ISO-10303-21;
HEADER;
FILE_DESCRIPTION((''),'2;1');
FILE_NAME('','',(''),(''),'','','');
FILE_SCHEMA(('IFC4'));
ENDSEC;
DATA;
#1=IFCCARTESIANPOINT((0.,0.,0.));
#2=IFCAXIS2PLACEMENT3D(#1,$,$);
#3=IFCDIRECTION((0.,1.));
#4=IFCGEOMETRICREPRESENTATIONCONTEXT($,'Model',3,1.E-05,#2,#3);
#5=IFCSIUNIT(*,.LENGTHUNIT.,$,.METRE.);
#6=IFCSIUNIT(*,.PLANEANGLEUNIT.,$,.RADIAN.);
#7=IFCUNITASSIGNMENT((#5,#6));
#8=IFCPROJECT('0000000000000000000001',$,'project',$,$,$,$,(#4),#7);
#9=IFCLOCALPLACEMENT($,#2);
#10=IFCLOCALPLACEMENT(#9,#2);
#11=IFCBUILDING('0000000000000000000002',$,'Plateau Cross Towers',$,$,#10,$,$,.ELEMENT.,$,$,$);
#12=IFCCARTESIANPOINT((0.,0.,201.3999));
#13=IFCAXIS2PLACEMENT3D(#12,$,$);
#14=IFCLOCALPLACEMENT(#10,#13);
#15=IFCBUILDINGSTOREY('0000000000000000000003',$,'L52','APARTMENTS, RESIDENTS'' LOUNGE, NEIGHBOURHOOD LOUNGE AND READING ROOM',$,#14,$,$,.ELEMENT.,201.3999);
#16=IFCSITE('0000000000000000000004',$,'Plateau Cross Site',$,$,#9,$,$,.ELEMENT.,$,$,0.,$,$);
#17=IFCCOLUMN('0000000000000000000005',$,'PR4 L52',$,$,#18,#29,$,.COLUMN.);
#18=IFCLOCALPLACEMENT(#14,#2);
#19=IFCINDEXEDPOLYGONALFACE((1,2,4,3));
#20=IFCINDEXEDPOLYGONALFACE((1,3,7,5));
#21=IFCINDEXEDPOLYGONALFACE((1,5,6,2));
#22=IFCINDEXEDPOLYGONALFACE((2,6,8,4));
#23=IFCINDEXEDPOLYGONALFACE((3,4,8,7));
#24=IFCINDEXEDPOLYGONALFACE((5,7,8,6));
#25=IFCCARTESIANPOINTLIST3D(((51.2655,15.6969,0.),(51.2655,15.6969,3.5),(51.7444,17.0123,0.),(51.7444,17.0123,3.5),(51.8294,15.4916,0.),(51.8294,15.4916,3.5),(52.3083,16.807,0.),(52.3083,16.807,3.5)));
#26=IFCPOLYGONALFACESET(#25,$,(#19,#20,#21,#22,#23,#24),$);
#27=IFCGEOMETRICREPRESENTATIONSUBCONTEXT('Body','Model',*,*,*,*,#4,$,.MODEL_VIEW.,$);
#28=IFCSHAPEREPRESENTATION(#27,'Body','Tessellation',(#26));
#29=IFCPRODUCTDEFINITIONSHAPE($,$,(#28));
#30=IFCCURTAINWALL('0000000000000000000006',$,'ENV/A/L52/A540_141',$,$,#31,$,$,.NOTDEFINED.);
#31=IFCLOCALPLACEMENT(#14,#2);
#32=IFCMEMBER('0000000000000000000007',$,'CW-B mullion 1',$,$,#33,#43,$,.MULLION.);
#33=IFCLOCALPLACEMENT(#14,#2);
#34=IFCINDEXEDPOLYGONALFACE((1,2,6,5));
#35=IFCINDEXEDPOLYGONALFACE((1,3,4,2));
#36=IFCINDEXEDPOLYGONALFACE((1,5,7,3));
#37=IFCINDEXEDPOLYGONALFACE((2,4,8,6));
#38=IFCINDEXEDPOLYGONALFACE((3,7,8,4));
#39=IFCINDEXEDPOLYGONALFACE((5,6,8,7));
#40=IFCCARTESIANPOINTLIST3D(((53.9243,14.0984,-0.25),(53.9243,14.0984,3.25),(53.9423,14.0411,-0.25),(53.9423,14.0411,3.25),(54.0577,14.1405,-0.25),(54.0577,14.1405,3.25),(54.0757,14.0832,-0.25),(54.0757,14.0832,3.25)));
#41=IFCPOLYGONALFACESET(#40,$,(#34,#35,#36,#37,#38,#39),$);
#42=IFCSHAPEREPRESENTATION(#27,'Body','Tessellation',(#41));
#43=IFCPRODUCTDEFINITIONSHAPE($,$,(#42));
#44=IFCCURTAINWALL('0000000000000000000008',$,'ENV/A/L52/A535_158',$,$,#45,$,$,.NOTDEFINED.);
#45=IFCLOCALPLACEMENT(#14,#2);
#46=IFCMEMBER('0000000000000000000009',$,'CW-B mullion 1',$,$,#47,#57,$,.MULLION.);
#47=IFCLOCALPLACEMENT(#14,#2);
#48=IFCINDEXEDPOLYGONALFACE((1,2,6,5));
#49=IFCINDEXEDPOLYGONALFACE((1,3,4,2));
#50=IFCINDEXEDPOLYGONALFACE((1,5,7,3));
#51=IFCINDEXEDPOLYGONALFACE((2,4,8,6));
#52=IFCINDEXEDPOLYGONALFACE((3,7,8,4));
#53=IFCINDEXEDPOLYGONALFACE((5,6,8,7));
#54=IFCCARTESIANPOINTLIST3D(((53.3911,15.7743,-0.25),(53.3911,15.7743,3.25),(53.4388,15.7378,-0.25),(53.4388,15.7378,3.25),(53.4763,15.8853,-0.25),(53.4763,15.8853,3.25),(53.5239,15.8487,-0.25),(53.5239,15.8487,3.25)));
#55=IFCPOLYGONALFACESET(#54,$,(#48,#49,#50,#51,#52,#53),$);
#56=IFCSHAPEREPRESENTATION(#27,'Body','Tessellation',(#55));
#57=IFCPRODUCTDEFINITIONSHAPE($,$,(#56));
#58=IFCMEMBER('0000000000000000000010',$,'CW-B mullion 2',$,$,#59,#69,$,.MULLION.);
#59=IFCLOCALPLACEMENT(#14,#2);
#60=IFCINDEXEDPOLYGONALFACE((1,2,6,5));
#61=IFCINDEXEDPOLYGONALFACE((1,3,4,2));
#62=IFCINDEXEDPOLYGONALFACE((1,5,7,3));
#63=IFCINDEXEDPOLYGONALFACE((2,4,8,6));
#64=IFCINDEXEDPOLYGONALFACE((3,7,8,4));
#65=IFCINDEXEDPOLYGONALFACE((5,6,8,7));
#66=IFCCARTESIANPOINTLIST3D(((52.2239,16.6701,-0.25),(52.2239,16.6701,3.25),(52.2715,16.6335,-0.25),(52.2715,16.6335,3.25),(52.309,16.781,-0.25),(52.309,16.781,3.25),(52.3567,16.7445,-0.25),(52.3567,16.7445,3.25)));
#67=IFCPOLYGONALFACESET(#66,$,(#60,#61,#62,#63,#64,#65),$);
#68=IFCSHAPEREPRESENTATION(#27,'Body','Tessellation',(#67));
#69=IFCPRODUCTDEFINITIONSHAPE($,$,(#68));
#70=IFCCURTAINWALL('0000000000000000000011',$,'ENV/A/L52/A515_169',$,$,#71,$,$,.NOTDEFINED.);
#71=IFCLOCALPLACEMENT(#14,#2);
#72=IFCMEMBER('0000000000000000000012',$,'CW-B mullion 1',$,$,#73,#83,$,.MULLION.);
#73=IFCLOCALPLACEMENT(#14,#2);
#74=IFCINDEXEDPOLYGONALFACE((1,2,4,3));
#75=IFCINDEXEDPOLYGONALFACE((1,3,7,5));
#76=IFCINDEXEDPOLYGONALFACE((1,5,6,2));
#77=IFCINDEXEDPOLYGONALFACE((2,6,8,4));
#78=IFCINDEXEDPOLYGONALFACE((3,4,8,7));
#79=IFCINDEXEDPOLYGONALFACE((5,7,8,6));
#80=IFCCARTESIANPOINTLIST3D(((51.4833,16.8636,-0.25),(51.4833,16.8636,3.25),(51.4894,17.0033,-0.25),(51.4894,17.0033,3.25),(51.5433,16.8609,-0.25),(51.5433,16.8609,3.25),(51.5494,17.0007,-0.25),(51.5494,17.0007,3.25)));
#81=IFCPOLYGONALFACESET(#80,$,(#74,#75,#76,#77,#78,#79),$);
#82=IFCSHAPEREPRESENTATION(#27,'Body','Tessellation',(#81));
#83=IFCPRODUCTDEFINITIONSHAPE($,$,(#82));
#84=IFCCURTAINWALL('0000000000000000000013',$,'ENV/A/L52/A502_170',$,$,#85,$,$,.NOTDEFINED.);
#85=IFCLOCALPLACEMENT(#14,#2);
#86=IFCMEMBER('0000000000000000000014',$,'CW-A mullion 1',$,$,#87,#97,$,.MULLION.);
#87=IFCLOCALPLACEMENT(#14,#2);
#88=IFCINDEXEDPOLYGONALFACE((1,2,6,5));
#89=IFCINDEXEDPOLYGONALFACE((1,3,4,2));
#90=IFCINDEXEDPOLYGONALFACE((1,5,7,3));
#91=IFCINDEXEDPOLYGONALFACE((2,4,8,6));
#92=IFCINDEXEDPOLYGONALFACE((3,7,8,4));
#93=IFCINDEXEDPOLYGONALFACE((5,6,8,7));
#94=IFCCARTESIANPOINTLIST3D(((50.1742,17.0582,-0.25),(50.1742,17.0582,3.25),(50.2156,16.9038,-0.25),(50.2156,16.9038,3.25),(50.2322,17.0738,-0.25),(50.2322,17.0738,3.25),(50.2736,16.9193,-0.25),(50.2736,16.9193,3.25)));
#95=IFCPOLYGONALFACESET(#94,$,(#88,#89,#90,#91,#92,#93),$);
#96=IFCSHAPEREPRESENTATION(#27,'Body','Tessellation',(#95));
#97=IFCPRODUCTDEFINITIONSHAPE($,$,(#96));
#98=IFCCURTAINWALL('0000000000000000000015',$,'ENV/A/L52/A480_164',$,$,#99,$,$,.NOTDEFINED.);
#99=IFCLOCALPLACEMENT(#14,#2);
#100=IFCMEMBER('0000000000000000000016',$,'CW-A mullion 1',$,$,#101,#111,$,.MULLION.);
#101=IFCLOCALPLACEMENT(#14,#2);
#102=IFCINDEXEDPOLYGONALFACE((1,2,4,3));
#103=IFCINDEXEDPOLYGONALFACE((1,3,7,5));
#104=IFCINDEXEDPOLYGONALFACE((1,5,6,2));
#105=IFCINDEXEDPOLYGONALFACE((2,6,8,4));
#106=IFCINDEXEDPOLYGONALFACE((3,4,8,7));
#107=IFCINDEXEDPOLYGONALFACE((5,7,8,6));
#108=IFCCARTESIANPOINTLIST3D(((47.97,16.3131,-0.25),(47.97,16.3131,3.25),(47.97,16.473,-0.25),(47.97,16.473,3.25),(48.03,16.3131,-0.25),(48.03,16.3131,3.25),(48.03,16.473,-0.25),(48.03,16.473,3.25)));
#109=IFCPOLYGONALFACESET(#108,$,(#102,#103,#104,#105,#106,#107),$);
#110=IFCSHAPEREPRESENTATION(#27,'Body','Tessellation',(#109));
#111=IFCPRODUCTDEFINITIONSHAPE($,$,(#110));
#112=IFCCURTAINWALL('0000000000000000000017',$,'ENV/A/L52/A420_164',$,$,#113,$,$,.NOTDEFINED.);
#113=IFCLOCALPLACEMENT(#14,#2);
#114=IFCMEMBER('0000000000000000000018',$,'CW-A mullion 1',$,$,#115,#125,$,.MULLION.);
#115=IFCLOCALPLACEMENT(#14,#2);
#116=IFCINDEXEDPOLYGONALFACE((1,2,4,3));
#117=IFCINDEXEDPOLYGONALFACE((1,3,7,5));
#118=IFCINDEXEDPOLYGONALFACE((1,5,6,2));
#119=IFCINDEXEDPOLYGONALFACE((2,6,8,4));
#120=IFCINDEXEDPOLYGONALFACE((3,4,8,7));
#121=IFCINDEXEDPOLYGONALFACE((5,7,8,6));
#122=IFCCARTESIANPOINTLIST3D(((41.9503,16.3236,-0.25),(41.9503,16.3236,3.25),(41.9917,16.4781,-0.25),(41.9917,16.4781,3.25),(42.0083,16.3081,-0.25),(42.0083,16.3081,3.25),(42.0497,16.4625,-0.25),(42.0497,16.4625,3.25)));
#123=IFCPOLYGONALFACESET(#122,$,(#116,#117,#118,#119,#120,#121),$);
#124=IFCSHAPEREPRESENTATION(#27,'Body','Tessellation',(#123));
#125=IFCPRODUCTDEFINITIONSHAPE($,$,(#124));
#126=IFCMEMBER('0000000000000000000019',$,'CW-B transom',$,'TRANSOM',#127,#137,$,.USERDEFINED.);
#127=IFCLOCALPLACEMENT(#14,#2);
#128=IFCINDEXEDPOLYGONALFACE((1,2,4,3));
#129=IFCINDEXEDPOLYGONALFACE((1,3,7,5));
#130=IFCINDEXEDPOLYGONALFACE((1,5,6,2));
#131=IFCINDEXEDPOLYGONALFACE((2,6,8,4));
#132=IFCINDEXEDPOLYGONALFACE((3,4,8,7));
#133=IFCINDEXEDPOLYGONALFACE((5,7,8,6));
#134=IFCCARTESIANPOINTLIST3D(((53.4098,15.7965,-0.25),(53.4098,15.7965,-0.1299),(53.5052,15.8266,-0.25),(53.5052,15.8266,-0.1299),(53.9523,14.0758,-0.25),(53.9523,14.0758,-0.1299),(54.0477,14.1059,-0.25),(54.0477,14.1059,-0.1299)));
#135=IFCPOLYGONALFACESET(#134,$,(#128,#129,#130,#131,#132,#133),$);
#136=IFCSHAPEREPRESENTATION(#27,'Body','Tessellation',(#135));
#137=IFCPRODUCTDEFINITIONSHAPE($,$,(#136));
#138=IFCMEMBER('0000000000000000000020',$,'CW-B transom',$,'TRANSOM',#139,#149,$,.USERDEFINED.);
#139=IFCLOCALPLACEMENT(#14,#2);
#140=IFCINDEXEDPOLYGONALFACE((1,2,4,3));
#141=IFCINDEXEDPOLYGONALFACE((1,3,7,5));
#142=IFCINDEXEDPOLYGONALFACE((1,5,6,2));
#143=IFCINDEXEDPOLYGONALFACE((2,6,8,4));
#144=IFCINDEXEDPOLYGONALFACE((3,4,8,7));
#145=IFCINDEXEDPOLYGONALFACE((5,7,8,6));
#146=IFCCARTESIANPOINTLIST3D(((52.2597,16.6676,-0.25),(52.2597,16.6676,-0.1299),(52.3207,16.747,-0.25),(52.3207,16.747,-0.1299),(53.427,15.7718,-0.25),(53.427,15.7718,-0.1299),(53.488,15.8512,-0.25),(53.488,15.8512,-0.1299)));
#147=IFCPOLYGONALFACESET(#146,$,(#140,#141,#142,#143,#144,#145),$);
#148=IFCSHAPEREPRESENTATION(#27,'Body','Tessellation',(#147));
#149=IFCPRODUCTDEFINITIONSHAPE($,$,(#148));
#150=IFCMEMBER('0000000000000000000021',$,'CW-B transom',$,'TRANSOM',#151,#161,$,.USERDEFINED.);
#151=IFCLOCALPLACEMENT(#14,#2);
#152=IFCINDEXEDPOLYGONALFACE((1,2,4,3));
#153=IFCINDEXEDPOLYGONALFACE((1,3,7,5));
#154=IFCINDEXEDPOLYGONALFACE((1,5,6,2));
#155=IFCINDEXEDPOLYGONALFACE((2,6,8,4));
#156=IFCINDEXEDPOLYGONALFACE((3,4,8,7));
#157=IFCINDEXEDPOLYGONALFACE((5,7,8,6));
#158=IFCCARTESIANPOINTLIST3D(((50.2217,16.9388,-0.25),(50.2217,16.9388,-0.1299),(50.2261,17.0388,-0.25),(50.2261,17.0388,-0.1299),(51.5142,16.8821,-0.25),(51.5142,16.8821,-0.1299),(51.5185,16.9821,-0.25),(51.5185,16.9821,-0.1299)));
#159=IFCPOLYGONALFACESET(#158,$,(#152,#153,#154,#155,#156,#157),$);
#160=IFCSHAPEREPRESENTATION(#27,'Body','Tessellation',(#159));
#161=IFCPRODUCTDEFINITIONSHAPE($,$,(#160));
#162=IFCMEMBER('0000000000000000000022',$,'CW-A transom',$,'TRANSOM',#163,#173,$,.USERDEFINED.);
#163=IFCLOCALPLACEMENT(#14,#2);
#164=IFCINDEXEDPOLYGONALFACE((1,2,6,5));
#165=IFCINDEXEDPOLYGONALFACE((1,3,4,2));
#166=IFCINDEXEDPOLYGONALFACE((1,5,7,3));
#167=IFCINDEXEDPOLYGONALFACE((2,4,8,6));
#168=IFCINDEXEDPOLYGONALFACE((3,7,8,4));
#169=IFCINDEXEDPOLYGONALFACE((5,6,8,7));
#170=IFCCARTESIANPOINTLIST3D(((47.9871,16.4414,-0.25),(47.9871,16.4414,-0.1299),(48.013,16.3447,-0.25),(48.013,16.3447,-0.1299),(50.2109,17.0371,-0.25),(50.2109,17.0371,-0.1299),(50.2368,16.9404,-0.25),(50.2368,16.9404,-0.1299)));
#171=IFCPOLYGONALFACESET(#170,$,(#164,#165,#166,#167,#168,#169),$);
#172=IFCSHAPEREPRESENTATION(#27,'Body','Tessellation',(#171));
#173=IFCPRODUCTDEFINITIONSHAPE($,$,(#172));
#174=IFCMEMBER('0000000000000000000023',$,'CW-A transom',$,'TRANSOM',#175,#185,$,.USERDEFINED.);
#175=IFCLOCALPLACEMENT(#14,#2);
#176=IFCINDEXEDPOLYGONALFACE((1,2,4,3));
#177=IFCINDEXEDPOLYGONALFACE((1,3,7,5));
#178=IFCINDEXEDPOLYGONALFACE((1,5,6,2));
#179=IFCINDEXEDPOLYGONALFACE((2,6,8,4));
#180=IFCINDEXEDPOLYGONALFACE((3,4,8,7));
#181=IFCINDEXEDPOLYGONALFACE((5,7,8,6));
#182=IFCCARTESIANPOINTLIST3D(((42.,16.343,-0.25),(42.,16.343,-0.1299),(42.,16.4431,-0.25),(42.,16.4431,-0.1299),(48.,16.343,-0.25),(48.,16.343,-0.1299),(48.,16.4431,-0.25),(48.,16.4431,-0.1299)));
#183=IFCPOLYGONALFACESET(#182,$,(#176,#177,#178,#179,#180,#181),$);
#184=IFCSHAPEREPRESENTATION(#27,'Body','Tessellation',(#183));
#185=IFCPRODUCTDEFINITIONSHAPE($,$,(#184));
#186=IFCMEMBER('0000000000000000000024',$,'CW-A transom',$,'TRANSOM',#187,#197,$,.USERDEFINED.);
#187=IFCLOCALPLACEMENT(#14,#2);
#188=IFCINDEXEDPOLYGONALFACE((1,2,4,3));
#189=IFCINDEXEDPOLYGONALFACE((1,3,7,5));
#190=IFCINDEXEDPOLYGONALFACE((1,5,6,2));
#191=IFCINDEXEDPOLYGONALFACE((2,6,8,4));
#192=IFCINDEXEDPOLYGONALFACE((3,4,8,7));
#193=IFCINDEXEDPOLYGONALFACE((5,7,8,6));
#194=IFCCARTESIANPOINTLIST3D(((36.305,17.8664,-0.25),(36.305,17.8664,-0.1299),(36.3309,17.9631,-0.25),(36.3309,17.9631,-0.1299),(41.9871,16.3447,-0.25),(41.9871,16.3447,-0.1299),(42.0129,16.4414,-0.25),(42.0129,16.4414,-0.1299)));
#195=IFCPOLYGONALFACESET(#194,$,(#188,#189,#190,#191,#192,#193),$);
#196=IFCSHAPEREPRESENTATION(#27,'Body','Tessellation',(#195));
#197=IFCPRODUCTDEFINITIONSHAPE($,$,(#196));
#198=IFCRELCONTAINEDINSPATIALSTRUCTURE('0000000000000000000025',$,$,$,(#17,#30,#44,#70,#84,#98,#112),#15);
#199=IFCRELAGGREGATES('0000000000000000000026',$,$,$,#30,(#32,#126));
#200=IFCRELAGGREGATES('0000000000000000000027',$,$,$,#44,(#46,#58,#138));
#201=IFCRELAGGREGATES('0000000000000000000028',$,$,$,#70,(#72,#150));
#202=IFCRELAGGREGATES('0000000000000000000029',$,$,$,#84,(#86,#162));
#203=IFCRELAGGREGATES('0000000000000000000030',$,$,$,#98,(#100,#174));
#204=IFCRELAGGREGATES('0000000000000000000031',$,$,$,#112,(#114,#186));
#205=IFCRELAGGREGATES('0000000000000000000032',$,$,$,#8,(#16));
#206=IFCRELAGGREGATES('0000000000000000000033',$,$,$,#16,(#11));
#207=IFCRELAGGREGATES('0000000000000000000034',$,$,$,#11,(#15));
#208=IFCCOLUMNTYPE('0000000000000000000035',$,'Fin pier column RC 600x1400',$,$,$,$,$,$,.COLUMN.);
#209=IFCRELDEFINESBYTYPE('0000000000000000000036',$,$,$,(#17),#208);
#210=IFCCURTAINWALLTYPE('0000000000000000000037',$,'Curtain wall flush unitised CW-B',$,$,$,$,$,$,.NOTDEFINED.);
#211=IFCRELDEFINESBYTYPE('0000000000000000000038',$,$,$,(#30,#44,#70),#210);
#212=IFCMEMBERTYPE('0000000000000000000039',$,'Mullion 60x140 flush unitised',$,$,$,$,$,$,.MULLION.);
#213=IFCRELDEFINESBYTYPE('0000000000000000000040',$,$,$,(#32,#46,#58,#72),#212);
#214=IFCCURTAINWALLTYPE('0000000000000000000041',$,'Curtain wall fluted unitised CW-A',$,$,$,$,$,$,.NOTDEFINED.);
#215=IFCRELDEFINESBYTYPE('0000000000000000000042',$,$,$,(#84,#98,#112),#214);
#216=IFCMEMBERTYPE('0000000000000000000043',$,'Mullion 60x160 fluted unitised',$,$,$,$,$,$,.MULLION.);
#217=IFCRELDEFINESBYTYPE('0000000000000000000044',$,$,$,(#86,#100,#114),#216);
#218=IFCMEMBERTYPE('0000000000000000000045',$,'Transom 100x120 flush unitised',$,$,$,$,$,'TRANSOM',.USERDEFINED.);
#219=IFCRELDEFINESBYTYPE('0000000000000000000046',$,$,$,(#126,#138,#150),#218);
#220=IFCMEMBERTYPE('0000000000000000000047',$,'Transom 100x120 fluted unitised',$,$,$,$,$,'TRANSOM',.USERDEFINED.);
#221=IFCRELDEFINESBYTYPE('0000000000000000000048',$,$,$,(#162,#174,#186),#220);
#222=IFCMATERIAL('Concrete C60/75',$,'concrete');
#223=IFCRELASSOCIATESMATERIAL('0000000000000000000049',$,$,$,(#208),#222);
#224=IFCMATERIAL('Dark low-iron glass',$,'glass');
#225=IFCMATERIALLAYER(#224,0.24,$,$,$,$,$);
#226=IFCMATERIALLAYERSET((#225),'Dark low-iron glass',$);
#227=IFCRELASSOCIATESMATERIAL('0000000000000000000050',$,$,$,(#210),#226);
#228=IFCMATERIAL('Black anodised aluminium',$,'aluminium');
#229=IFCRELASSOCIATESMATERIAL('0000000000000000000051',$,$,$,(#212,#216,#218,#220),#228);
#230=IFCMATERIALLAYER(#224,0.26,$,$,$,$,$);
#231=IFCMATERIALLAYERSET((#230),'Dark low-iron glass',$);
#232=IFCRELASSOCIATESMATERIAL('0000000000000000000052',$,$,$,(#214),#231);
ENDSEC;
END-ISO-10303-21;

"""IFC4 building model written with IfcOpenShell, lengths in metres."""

from ifc_helpers import new_model, si_unit, direction, frame, origin, origin_2d, place, context, subcontext, project, spatial, rectangle, extrude, material, layer, layer_set, material_profile, profile_set, type_object, element, aggregate, save


model = new_model("IFC4")

# Units and contexts
model_context = context("Model", 3, precision=1e-05, world=origin(), true_north=direction((0.0, 1.0)))
body_context = subcontext(model_context, "Body", "Model", "MODEL_VIEW")
ifc_project = project(units=[si_unit("LENGTHUNIT", "METRE"), si_unit("PLANEANGLEUNIT", "RADIAN")], contexts=[model_context])

# Site, building, storey
site_placement = place(None, origin())
site = spatial("IfcSite", under=ifc_project, at=site_placement, Name="Plateau Cross Site", CompositionType="ELEMENT", RefElevation=0.0)
building_placement = place(site_placement, origin())
building = spatial("IfcBuilding", under=site, at=building_placement, Name="Plateau Cross Towers", CompositionType="ELEMENT")
storey_placement = place(building_placement, frame((0.0, 0.0, 201.3999)))
storey = spatial("IfcBuildingStorey", under=building, at=storey_placement, Name="L52", Description="APARTMENTS, RESIDENTS' LOUNGE, NEIGHBOURHOOD LOUNGE AND READING ROOM", CompositionType="ELEMENT", Elevation=201.3999)

# Column
ifc_material_1 = material(Name="Concrete C60/75", Category="concrete")
ifc_material_profile_1 = material_profile(ifc_material_1, rectangle(XDim=0.6001, YDim=1.3999, at=origin_2d()), Name="RC 600x1400")
ifc_profile_set_1 = profile_set([ifc_material_profile_1], Name="Concrete C60/75")
column_type = type_object("IfcColumnType", Name="Fin pier column RC 600x1400", PredefinedType="COLUMN", material=ifc_profile_set_1)
column_placement = place(storey_placement, frame((51.7869, 16.252, 0.0), z_axis=(0.0, 0.0, 1.0), x_axis=(-0.939664, 0.342098, 0.0)))
element("IfcColumn", 1, at=column_placement, inside=storey, type_object=column_type, Name="PR4 L52", PredefinedType="COLUMN", context=body_context, shape_type="SweptSolid", body=[
    extrude(rectangle(XDim=0.6001, YDim=1.3999, at=origin_2d()), origin(), (0.0, 0.0, 1.0), 3.5),
])

# Curtain wall, member
ifc_material_2 = material(Name="Dark low-iron glass", Category="glass")
ifc_layer_1 = layer(ifc_material_2, 0.24)
ifc_layer_set_1 = layer_set([ifc_layer_1], Name="Dark low-iron glass")
curtain_wall_type_1 = type_object("IfcCurtainWallType", Name="Curtain wall flush unitised CW-B", PredefinedType="NOTDEFINED", material=ifc_layer_set_1)
curtain_wall_1_placement = place(storey_placement, origin())
curtain_wall_1 = element("IfcCurtainWall", 2, at=curtain_wall_1_placement, inside=storey, type_object=curtain_wall_type_1, Name="ENV/A/L52/A540_141", PredefinedType="NOTDEFINED")
ifc_material_3 = material(Name="Black anodised aluminium", Category="aluminium")
ifc_material_profile_2 = material_profile(ifc_material_3, rectangle(XDim=0.0601, YDim=0.1399, at=origin_2d()), Name="MULLION 60x140")
ifc_profile_set_2 = profile_set([ifc_material_profile_2], Name="Black anodised aluminium")
member_type_1 = type_object("IfcMemberType", Name="Mullion 60x140 flush unitised", PredefinedType="MULLION", material=ifc_profile_set_2)
member_1_placement = place(storey_placement, frame((54.0, 14.0908, -0.25), z_axis=(0.0, 0.0, 1.0), x_axis=(-0.300686, 0.953723, 0.0)))
member_1 = element("IfcMember", 3, at=member_1_placement, type_object=member_type_1, Name="CW-B mullion 1", PredefinedType="MULLION", context=body_context, shape_type="SweptSolid", body=[
    extrude(rectangle(XDim=0.0601, YDim=0.1399, at=origin_2d()), origin(), (0.0, 0.0, 1.0), 3.5),
])

# Curtain wall, members
curtain_wall_2_placement = place(storey_placement, origin())
curtain_wall_2 = element("IfcCurtainWall", 4, at=curtain_wall_2_placement, inside=storey, type_object=curtain_wall_type_1, Name="ENV/A/L52/A535_158", PredefinedType="NOTDEFINED")
member_2_placement = place(storey_placement, frame((53.4575, 15.8115, -0.25), z_axis=(0.0, 0.0, 1.0), x_axis=(-0.793316, 0.608811, 0.0)))
member_2 = element("IfcMember", 5, at=member_2_placement, type_object=member_type_1, Name="CW-B mullion 1", PredefinedType="MULLION", context=body_context, shape_type="SweptSolid", body=[
    extrude(rectangle(XDim=0.0601, YDim=0.1399, at=origin_2d()), origin(), (0.0, 0.0, 1.0), 3.5),
])
member_3_placement = place(storey_placement, frame((52.2903, 16.7073, -0.25), z_axis=(0.0, 0.0, 1.0), x_axis=(-0.793316, 0.608811, 0.0)))
member_3 = element("IfcMember", 6, at=member_3_placement, type_object=member_type_1, Name="CW-B mullion 2", PredefinedType="MULLION", context=body_context, shape_type="SweptSolid", body=[
    extrude(rectangle(XDim=0.0601, YDim=0.1399, at=origin_2d()), origin(), (0.0, 0.0, 1.0), 3.5),
])

# Curtain walls, members
curtain_wall_3_placement = place(storey_placement, origin())
curtain_wall_3 = element("IfcCurtainWall", 7, at=curtain_wall_3_placement, inside=storey, type_object=curtain_wall_type_1, Name="ENV/A/L52/A515_169", PredefinedType="NOTDEFINED")
member_4_placement = place(storey_placement, frame((51.5164, 16.9321, -0.25), z_axis=(0.0, 0.0, 1.0), x_axis=(-0.999044, 0.043723, 0.0)))
member_4 = element("IfcMember", 8, at=member_4_placement, type_object=member_type_1, Name="CW-B mullion 1", PredefinedType="MULLION", context=body_context, shape_type="SweptSolid", body=[
    extrude(rectangle(XDim=0.0601, YDim=0.1399, at=origin_2d()), origin(), (0.0, 0.0, 1.0), 3.5),
])
ifc_layer_2 = layer(ifc_material_2, 0.26)
ifc_layer_set_2 = layer_set([ifc_layer_2], Name="Dark low-iron glass")
curtain_wall_type_2 = type_object("IfcCurtainWallType", Name="Curtain wall fluted unitised CW-A", PredefinedType="NOTDEFINED", material=ifc_layer_set_2)
curtain_wall_4_placement = place(storey_placement, origin())
curtain_wall_4 = element("IfcCurtainWall", 9, at=curtain_wall_4_placement, inside=storey, type_object=curtain_wall_type_2, Name="ENV/A/L52/A502_170", PredefinedType="NOTDEFINED")
ifc_material_profile_3 = material_profile(ifc_material_3, rectangle(XDim=0.0601, YDim=0.1599, at=origin_2d()), Name="MULLION 60x160")
ifc_profile_set_3 = profile_set([ifc_material_profile_3], Name="Black anodised aluminium")
member_type_2 = type_object("IfcMemberType", Name="Mullion 60x160 fluted unitised", PredefinedType="MULLION", material=ifc_profile_set_3)
member_5_placement = place(storey_placement, frame((50.2239, 16.9888, -0.25), z_axis=(0.0, 0.0, 1.0), x_axis=(-0.965958, -0.258699, 0.0)))
member_5 = element("IfcMember", 10, at=member_5_placement, type_object=member_type_2, Name="CW-A mullion 1", PredefinedType="MULLION", context=body_context, shape_type="SweptSolid", body=[
    extrude(rectangle(XDim=0.0601, YDim=0.1599, at=origin_2d()), origin(), (0.0, 0.0, 1.0), 3.5),
])
curtain_wall_5_placement = place(storey_placement, origin())
curtain_wall_5 = element("IfcCurtainWall", 11, at=curtain_wall_5_placement, inside=storey, type_object=curtain_wall_type_2, Name="ENV/A/L52/A480_164", PredefinedType="NOTDEFINED")
member_6_placement = place(storey_placement, frame((48.0, 16.3931, -0.25), z_axis=(0.0, 0.0, 1.0), x_axis=(-1.0, 0.0, 0.0)))
member_6 = element("IfcMember", 12, at=member_6_placement, type_object=member_type_2, Name="CW-A mullion 1", PredefinedType="MULLION", context=body_context, shape_type="SweptSolid", body=[
    extrude(rectangle(XDim=0.0601, YDim=0.1599, at=origin_2d()), origin(), (0.0, 0.0, 1.0), 3.5),
])
curtain_wall_6_placement = place(storey_placement, origin())
curtain_wall_6 = element("IfcCurtainWall", 13, at=curtain_wall_6_placement, inside=storey, type_object=curtain_wall_type_2, Name="ENV/A/L52/A420_164", PredefinedType="NOTDEFINED")
member_7_placement = place(storey_placement, frame((42.0, 16.3931, -0.25), z_axis=(0.0, 0.0, 1.0), x_axis=(-0.965958, 0.258699, 0.0)))
member_7 = element("IfcMember", 14, at=member_7_placement, type_object=member_type_2, Name="CW-A mullion 1", PredefinedType="MULLION", context=body_context, shape_type="SweptSolid", body=[
    extrude(rectangle(XDim=0.0601, YDim=0.1599, at=origin_2d()), origin(), (0.0, 0.0, 1.0), 3.5),
])

# Members
ifc_material_profile_4 = material_profile(ifc_material_3, rectangle(XDim=0.1001, YDim=0.1201, at=origin_2d()), Name="TRANSOM 100x120")
ifc_profile_set_4 = profile_set([ifc_material_profile_4], Name="Black anodised aluminium")
member_type_3 = type_object("IfcMemberType", Name="Transom 100x120 flush unitised", ElementType="TRANSOM", PredefinedType="USERDEFINED", material=ifc_profile_set_4)
member_8_placement = place(storey_placement, frame((54.0, 14.0908, -0.1899), z_axis=(-0.300678, 0.953726, 0.0), x_axis=(-0.953726, -0.300678, 0.0)))
member_8 = element("IfcMember", 15, at=member_8_placement, type_object=member_type_3, Name="CW-B transom", ObjectType="TRANSOM", PredefinedType="USERDEFINED", context=body_context, shape_type="SweptSolid", body=[
    extrude(rectangle(XDim=0.1001, YDim=0.1201, at=origin_2d()), origin(), (0.0, 0.0, 1.0), 1.8042),
])
member_9_placement = place(storey_placement, frame((53.4575, 15.8115, -0.1899), z_axis=(-0.793321, 0.608804, 0.0), x_axis=(-0.608804, -0.793321, 0.0)))
member_9 = element("IfcMember", 16, at=member_9_placement, type_object=member_type_3, Name="CW-B transom", ObjectType="TRANSOM", PredefinedType="USERDEFINED", context=body_context, shape_type="SweptSolid", body=[
    extrude(rectangle(XDim=0.1001, YDim=0.1201, at=origin_2d()), origin(), (0.0, 0.0, 1.0), 1.4714),
])
member_10_placement = place(storey_placement, frame((51.5164, 16.9321, -0.1899), z_axis=(-0.999041, 0.043781, 0.0), x_axis=(-0.043781, -0.999041, 0.0)))
member_10 = element("IfcMember", 17, at=member_10_placement, type_object=member_type_3, Name="CW-B transom", ObjectType="TRANSOM", PredefinedType="USERDEFINED", context=body_context, shape_type="SweptSolid", body=[
    extrude(rectangle(XDim=0.1001, YDim=0.1201, at=origin_2d()), origin(), (0.0, 0.0, 1.0), 1.2937),
])
ifc_material_profile_5 = material_profile(ifc_material_3, rectangle(XDim=0.1001, YDim=0.1201, at=origin_2d()), Name="TRANSOM 100x120")
ifc_profile_set_5 = profile_set([ifc_material_profile_5], Name="Black anodised aluminium")
member_type_4 = type_object("IfcMemberType", Name="Transom 100x120 fluted unitised", ElementType="TRANSOM", PredefinedType="USERDEFINED", material=ifc_profile_set_5)
member_11_placement = place(storey_placement, frame((50.2239, 16.9888, -0.1899), z_axis=(-0.965946, -0.258745, 0.0), x_axis=(0.258745, -0.965946, 0.0)))
member_11 = element("IfcMember", 18, at=member_11_placement, type_object=member_type_4, Name="CW-A transom", ObjectType="TRANSOM", PredefinedType="USERDEFINED", context=body_context, shape_type="SweptSolid", body=[
    extrude(rectangle(XDim=0.1001, YDim=0.1201, at=origin_2d()), origin(), (0.0, 0.0, 1.0), 2.3022),
])
member_12_placement = place(storey_placement, frame((48.0, 16.3931, -0.1899), z_axis=(-1.0, 0.0, 0.0), x_axis=(0.0, -1.0, 0.0)))
member_12 = element("IfcMember", 19, at=member_12_placement, type_object=member_type_4, Name="CW-A transom", ObjectType="TRANSOM", PredefinedType="USERDEFINED", context=body_context, shape_type="SweptSolid", body=[
    extrude(rectangle(XDim=0.1001, YDim=0.1201, at=origin_2d()), origin(), (0.0, 0.0, 1.0), 6.0),
])
member_13_placement = place(storey_placement, frame((42.0, 16.3931, -0.1899), z_axis=(-0.96596, 0.258693, 0.0), x_axis=(-0.258693, -0.96596, 0.0)))
member_13 = element("IfcMember", 20, at=member_13_placement, type_object=member_type_4, Name="CW-A transom", ObjectType="TRANSOM", PredefinedType="USERDEFINED", context=body_context, shape_type="SweptSolid", body=[
    extrude(rectangle(XDim=0.1001, YDim=0.1201, at=origin_2d()), origin(), (0.0, 0.0, 1.0), 5.8823),
])

aggregate(curtain_wall_1, [member_1, member_8])
aggregate(curtain_wall_2, [member_2, member_3, member_9])
aggregate(curtain_wall_3, [member_4, member_10])
aggregate(curtain_wall_4, [member_5, member_11])
aggregate(curtain_wall_5, [member_6, member_12])
aggregate(curtain_wall_6, [member_7, member_13])

save(model, "model.ifc")
